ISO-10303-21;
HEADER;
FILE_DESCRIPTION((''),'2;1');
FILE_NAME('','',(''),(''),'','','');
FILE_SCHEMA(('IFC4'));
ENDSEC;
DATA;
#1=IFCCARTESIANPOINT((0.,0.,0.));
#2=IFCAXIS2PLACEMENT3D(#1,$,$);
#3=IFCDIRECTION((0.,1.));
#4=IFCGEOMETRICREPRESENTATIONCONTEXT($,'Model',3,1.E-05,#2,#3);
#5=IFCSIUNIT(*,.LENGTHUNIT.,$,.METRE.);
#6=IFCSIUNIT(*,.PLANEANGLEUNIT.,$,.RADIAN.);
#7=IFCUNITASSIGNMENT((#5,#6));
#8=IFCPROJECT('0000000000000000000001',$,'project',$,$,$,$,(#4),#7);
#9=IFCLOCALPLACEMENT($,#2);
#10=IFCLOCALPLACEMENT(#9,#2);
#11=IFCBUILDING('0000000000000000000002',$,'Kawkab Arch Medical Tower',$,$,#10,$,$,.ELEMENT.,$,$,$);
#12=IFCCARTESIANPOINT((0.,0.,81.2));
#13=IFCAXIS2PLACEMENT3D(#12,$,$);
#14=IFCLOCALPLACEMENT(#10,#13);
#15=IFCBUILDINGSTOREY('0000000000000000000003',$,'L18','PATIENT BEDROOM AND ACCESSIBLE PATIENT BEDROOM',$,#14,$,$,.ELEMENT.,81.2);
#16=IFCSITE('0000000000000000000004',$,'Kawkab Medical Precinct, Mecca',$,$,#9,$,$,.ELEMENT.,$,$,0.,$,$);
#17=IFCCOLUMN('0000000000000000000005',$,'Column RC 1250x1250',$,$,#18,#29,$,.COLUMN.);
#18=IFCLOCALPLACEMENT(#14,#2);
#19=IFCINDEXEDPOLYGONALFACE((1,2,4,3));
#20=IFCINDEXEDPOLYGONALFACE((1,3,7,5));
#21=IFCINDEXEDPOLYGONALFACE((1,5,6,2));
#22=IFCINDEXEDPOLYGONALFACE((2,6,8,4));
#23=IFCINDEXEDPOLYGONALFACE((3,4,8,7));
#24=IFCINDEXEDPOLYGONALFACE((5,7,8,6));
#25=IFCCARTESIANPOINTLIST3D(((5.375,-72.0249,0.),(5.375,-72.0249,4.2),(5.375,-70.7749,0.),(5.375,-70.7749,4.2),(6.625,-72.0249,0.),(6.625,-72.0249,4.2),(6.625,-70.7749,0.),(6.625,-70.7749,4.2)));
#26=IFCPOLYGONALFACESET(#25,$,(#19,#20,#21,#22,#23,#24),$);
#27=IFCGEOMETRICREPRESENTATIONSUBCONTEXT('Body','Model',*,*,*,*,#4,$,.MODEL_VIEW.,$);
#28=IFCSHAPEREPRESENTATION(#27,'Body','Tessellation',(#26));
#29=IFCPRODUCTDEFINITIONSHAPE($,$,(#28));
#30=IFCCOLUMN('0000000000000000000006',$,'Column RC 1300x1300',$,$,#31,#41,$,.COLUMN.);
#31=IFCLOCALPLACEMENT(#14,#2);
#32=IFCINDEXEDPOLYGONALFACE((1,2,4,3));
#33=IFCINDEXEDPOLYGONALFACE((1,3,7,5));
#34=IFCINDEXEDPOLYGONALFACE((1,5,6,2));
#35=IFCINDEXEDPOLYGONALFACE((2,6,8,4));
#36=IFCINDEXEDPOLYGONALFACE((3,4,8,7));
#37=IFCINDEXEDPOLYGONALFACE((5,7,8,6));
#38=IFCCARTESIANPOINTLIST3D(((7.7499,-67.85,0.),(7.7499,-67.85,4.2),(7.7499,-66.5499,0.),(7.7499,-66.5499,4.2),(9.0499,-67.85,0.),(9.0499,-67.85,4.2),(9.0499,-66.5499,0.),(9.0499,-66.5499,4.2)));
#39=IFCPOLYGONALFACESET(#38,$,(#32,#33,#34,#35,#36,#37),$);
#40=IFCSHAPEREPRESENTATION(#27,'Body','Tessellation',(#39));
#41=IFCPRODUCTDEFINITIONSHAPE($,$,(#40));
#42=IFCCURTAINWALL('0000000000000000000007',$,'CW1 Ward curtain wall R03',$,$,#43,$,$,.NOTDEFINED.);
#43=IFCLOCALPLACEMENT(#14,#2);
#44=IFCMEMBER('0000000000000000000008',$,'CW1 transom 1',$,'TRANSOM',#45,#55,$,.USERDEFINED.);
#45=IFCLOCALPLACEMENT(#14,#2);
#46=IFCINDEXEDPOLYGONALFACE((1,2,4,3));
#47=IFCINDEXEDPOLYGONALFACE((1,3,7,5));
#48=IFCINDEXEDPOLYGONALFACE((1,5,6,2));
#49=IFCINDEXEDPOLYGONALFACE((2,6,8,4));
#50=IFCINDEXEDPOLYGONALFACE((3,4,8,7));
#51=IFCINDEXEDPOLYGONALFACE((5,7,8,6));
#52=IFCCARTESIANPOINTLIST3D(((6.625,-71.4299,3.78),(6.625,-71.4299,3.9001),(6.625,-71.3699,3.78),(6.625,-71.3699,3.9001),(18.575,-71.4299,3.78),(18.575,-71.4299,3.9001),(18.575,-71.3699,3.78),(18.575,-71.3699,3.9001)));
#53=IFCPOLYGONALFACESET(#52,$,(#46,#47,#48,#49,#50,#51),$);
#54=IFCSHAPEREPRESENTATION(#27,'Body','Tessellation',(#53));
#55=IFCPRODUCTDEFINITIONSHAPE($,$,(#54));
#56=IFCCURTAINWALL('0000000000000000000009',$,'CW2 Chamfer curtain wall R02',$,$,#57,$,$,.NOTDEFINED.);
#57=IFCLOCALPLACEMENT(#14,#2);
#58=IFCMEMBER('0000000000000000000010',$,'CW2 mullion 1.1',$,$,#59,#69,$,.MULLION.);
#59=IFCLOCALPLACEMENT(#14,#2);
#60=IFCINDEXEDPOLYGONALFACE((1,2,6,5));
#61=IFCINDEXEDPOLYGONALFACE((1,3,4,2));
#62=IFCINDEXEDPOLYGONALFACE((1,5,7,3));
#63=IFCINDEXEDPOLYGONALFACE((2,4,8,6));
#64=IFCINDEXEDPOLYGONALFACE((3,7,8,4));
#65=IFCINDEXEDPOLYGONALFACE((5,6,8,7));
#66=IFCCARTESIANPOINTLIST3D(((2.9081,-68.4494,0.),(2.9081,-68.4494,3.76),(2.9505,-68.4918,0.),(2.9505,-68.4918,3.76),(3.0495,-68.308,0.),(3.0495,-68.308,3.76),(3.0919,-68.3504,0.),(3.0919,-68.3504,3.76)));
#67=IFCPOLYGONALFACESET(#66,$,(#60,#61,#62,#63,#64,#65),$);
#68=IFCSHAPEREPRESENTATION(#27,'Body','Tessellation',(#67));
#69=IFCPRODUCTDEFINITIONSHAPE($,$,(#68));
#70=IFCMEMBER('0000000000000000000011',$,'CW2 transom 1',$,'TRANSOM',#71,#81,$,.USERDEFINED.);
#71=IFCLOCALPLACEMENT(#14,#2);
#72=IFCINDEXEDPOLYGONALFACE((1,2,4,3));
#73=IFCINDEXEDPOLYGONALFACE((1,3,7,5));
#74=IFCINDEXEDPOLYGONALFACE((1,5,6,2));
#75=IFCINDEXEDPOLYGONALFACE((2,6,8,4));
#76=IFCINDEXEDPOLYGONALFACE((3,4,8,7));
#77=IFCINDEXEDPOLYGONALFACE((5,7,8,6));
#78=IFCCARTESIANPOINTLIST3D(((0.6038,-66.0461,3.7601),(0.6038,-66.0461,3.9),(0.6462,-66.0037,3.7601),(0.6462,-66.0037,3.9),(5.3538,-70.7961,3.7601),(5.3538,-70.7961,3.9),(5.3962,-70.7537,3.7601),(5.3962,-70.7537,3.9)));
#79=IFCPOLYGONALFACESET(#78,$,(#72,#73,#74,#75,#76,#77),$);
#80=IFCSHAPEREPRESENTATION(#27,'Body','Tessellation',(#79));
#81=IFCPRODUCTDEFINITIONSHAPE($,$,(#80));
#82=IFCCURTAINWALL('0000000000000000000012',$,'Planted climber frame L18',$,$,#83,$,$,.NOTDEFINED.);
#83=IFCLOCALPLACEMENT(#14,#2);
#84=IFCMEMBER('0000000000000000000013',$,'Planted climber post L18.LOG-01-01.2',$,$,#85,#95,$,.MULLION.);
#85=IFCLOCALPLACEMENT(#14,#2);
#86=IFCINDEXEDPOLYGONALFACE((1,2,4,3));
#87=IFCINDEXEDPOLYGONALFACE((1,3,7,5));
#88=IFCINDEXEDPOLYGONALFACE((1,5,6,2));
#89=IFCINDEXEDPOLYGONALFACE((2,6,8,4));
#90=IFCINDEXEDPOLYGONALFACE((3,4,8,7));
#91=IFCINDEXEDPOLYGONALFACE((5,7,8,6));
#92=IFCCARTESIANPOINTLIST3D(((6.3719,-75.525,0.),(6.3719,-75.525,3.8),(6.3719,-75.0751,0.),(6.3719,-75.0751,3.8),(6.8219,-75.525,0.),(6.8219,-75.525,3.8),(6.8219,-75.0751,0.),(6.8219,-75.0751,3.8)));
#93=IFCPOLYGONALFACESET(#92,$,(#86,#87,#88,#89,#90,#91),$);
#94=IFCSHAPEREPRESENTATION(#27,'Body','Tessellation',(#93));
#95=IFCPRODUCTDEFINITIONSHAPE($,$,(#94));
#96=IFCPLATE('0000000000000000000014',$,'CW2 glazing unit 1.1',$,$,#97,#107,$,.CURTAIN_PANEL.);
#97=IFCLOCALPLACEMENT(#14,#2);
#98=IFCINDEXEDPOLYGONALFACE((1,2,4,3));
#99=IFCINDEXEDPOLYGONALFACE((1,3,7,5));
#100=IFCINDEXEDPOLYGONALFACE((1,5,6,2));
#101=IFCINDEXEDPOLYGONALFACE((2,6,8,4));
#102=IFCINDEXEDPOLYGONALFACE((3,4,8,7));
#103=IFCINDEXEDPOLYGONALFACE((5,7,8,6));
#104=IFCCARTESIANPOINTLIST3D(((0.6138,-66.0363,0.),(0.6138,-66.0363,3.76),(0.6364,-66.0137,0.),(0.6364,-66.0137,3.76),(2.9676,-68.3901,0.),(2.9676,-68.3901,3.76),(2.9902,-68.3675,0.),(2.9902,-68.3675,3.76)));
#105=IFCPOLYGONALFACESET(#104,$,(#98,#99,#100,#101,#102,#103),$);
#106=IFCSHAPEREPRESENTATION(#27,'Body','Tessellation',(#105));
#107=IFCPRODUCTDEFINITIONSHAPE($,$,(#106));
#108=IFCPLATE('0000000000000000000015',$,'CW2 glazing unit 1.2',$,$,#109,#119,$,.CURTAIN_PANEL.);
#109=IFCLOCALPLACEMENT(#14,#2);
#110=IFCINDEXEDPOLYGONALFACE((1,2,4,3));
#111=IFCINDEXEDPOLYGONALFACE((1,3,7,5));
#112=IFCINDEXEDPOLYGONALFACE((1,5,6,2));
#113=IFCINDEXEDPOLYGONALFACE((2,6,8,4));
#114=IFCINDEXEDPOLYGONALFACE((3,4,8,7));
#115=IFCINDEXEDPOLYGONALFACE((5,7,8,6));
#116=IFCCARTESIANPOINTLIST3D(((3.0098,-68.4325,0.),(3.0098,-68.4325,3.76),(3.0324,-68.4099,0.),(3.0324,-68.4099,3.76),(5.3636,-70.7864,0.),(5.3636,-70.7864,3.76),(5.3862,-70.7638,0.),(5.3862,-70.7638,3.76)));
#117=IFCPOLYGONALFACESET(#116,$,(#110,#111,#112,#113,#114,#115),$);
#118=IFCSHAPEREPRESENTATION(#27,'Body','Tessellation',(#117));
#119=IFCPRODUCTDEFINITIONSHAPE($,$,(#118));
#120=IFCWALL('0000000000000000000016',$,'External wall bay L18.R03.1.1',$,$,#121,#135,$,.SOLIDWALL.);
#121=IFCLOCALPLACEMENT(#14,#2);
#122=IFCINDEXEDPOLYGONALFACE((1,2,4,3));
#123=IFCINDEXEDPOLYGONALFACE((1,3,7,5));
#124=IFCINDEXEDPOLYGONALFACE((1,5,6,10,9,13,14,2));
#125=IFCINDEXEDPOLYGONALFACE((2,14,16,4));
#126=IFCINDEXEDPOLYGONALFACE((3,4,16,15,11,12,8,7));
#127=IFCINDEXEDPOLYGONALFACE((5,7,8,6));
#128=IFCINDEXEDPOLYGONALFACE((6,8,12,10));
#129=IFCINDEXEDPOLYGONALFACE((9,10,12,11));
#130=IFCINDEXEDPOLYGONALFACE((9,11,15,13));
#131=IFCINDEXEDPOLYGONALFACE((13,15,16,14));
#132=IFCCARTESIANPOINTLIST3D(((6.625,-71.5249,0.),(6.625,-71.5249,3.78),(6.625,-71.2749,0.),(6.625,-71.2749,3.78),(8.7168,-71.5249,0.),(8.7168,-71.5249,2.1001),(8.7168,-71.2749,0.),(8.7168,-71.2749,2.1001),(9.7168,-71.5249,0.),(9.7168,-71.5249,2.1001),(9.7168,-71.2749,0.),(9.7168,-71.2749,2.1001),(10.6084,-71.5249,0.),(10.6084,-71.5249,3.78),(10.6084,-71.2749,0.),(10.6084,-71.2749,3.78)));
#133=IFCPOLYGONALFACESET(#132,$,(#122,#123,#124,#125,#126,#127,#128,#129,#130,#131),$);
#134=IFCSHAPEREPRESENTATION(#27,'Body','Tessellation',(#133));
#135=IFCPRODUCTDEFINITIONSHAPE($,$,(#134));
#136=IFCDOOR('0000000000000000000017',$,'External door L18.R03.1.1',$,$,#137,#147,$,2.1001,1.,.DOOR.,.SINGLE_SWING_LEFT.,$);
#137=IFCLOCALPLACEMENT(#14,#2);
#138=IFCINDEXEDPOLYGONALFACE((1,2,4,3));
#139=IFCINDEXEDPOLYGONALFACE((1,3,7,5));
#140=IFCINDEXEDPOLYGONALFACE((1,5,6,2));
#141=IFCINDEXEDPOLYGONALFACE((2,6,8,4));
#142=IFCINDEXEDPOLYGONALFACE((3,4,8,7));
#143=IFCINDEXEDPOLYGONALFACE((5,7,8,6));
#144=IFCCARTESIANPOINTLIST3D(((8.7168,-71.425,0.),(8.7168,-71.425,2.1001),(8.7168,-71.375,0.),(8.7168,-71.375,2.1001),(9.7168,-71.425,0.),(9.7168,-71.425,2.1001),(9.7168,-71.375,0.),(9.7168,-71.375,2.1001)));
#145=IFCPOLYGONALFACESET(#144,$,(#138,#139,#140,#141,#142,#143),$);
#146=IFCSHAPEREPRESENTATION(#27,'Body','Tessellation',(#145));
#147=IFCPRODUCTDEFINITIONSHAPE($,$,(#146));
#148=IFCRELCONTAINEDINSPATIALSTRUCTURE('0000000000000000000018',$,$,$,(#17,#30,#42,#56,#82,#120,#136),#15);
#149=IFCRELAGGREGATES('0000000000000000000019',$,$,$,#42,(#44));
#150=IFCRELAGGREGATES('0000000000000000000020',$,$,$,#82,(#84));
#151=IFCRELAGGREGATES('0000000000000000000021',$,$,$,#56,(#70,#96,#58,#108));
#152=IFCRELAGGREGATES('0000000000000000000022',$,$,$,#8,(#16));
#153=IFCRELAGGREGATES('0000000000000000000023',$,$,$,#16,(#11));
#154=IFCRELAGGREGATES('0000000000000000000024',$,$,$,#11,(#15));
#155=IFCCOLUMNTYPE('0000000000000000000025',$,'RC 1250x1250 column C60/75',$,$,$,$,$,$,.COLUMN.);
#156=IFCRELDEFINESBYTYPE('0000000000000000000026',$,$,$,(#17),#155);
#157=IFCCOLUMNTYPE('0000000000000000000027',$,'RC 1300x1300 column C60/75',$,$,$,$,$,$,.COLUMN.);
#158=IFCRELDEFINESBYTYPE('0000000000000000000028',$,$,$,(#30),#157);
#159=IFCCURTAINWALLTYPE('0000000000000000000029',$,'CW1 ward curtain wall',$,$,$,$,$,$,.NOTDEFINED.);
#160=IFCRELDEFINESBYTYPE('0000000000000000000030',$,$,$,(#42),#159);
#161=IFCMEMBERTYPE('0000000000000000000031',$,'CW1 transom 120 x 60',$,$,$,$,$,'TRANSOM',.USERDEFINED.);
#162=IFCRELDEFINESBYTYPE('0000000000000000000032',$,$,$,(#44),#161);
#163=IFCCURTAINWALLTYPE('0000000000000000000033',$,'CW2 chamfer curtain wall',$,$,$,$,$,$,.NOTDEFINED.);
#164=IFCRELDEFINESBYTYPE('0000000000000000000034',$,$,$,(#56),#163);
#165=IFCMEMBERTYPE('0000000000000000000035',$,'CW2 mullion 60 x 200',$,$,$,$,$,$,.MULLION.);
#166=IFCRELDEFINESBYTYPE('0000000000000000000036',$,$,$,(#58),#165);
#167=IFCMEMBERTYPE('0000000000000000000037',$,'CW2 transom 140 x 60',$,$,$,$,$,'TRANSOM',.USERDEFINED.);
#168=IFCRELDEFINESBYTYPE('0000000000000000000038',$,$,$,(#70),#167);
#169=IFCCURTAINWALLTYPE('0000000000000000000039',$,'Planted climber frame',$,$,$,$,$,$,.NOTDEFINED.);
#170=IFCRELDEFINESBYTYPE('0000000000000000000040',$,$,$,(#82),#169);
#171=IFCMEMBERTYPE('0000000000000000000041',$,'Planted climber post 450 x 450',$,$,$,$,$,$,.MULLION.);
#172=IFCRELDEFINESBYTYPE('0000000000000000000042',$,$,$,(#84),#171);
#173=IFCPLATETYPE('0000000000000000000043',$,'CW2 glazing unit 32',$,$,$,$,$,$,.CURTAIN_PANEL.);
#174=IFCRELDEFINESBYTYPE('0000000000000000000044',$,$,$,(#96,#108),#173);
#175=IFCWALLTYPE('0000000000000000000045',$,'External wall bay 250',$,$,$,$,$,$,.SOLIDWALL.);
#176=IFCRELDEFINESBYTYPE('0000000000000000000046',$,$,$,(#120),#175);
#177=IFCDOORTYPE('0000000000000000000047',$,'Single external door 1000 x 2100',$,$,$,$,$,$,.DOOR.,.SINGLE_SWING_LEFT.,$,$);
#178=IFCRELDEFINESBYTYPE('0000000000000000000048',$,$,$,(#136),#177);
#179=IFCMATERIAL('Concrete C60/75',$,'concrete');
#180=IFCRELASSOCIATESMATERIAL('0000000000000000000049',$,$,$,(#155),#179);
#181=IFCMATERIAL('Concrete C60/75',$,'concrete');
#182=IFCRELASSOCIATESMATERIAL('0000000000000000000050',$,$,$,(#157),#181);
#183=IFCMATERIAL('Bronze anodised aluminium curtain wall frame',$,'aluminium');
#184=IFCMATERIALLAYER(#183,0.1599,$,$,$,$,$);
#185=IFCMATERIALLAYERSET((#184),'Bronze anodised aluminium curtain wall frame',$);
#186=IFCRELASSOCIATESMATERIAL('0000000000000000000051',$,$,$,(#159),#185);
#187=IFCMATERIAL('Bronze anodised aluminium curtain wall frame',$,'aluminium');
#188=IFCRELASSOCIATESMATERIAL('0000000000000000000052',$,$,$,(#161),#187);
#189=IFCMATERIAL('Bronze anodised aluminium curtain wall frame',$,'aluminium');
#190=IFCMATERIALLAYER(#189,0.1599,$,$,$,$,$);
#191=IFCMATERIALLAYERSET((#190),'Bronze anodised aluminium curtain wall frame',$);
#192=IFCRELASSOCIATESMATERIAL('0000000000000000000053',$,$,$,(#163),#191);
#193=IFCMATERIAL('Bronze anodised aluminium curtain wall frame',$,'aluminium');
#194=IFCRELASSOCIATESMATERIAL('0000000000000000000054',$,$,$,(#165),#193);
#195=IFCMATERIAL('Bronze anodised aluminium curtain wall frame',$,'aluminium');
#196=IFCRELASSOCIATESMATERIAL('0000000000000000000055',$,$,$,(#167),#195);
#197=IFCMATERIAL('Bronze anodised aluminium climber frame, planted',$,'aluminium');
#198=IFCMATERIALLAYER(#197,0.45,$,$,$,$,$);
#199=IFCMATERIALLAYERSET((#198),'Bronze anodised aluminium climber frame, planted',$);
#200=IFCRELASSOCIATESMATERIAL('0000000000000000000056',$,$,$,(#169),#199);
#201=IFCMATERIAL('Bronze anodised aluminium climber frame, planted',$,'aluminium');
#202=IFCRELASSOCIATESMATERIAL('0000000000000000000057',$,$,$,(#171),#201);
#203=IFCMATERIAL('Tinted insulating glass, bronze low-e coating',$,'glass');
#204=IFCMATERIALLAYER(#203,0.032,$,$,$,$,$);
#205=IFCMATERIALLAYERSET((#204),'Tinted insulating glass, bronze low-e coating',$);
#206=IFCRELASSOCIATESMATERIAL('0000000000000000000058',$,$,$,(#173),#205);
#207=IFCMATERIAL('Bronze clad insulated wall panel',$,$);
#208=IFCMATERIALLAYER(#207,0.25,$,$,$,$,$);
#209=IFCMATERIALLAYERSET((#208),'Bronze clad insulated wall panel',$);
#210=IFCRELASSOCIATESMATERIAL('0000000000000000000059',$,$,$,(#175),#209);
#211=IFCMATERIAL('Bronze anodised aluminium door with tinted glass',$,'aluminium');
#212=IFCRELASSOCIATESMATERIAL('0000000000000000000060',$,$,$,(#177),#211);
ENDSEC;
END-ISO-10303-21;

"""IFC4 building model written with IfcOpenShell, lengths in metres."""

from ifc_helpers import new_model, si_unit, direction, frame, frame_2d, origin, origin_2d, place, context, subcontext, project, spatial, rectangle, extrude, material, layer, layer_set, material_profile, profile_set, type_object, element, fill, aggregate, save


model = new_model("IFC4")

# Units and contexts
model_context = context("Model", 3, precision=1e-05, world=origin(), true_north=direction((0.0, 1.0)))
body_context = subcontext(model_context, "Body", "Model", "MODEL_VIEW")
ifc_project = project(units=[si_unit("LENGTHUNIT", "METRE"), si_unit("PLANEANGLEUNIT", "RADIAN")], contexts=[model_context])

# Site, building, storey
site_placement = place(None, origin())
site = spatial("IfcSite", under=ifc_project, at=site_placement, Name="Kawkab Medical Precinct, Mecca", CompositionType="ELEMENT", RefElevation=0.0)
building_placement = place(site_placement, origin())
building = spatial("IfcBuilding", under=site, at=building_placement, Name="Kawkab Arch Medical Tower", CompositionType="ELEMENT")
storey_placement = place(building_placement, frame((0.0, 0.0, 81.2)))
storey = spatial("IfcBuildingStorey", under=building, at=storey_placement, Name="L18", Description="PATIENT BEDROOM AND ACCESSIBLE PATIENT BEDROOM", CompositionType="ELEMENT", Elevation=81.2)

# Columns
ifc_material_1 = material(Name="Concrete C60/75", Category="concrete")
ifc_material_profile_1 = material_profile(ifc_material_1, rectangle(XDim=1.25, YDim=1.25, at=origin_2d()), Name="RC 1250x1250")
ifc_profile_set_1 = profile_set([ifc_material_profile_1], Name="Concrete C60/75")
column_type_1 = type_object("IfcColumnType", Name="RC 1250x1250 column C60/75", PredefinedType="COLUMN", material=ifc_profile_set_1)
column_1_placement = place(storey_placement, frame((6.0, -71.3999, 0.0), z_axis=(0.0, 0.0, 1.0), x_axis=(1.0, 0.0, 0.0)))
element("IfcColumn", 1, at=column_1_placement, inside=storey, type_object=column_type_1, Name="Column RC 1250x1250", PredefinedType="COLUMN", context=body_context, shape_type="SweptSolid", body=[
    extrude(rectangle(XDim=1.25, YDim=1.25, at=origin_2d()), origin(), (0.0, 0.0, 1.0), 4.2),
])
ifc_material_2 = material(Name="Concrete C60/75", Category="concrete")
ifc_material_profile_2 = material_profile(ifc_material_2, rectangle(XDim=1.3, YDim=1.3, at=origin_2d()), Name="RC 1300x1300")
ifc_profile_set_2 = profile_set([ifc_material_profile_2], Name="Concrete C60/75")
column_type_2 = type_object("IfcColumnType", Name="RC 1300x1300 column C60/75", PredefinedType="COLUMN", material=ifc_profile_set_2)
column_2_placement = place(storey_placement, frame((8.3999, -67.2, 0.0), z_axis=(0.0, 0.0, 1.0), x_axis=(1.0, 0.0, 0.0)))
element("IfcColumn", 2, at=column_2_placement, inside=storey, type_object=column_type_2, Name="Column RC 1300x1300", PredefinedType="COLUMN", context=body_context, shape_type="SweptSolid", body=[
    extrude(rectangle(XDim=1.3, YDim=1.3, at=origin_2d()), origin(), (0.0, 0.0, 1.0), 4.2),
])

# Curtain wall, member
ifc_material_3 = material(Name="Bronze anodised aluminium curtain wall frame", Category="aluminium")
ifc_layer_1 = layer(ifc_material_3, 0.1599)
ifc_layer_set_1 = layer_set([ifc_layer_1], Name="Bronze anodised aluminium curtain wall frame")
curtain_wall_type_1 = type_object("IfcCurtainWallType", Name="CW1 ward curtain wall", PredefinedType="NOTDEFINED", material=ifc_layer_set_1)
placement = place(storey_placement, origin())
curtain_wall_1 = element("IfcCurtainWall", 3, at=placement, inside=storey, type_object=curtain_wall_type_1, Name="CW1 Ward curtain wall R03", PredefinedType="NOTDEFINED")
ifc_material_4 = material(Name="Bronze anodised aluminium curtain wall frame", Category="aluminium")
ifc_material_profile_3 = material_profile(ifc_material_4, rectangle(XDim=0.0601, YDim=0.1201, at=origin_2d()), Name="AL 60x120")
ifc_profile_set_3 = profile_set([ifc_material_profile_3], Name="Bronze anodised aluminium curtain wall frame")
member_type_1 = type_object("IfcMemberType", Name="CW1 transom 120 x 60", ElementType="TRANSOM", PredefinedType="USERDEFINED", material=ifc_profile_set_3)
member_1_placement = place(storey_placement, frame((6.625, -71.3999, 3.8401), z_axis=(1.0, 0.0, 0.0), x_axis=(0.0, 1.0, 0.0)))
member_1 = element("IfcMember", 4, at=member_1_placement, type_object=member_type_1, Name="CW1 transom 1", ObjectType="TRANSOM", PredefinedType="USERDEFINED", context=body_context, shape_type="SweptSolid", body=[
    extrude(rectangle(XDim=0.0601, YDim=0.1201, at=origin_2d()), origin(), (0.0, 0.0, 1.0), 11.95),
])
aggregate(curtain_wall_1, [member_1])

# Curtain wall, members
ifc_material_5 = material(Name="Bronze anodised aluminium curtain wall frame", Category="aluminium")
ifc_layer_2 = layer(ifc_material_5, 0.1599)
ifc_layer_set_2 = layer_set([ifc_layer_2], Name="Bronze anodised aluminium curtain wall frame")
curtain_wall_type_2 = type_object("IfcCurtainWallType", Name="CW2 chamfer curtain wall", PredefinedType="NOTDEFINED", material=ifc_layer_set_2)
curtain_wall_2 = element("IfcCurtainWall", 5, at=placement, inside=storey, type_object=curtain_wall_type_2, Name="CW2 Chamfer curtain wall R02", PredefinedType="NOTDEFINED")
ifc_material_6 = material(Name="Bronze anodised aluminium curtain wall frame", Category="aluminium")
ifc_material_profile_4 = material_profile(ifc_material_6, rectangle(XDim=0.2, YDim=0.0601, at=origin_2d()), Name="AL 60x200")
ifc_profile_set_4 = profile_set([ifc_material_profile_4], Name="Bronze anodised aluminium curtain wall frame")
member_type_2 = type_object("IfcMemberType", Name="CW2 mullion 60 x 200", PredefinedType="MULLION", material=ifc_profile_set_4)
member_2_placement = place(storey_placement, frame((3.0, -68.3999, 0.0), z_axis=(0.0, 0.0, 1.0), x_axis=(0.707107, 0.707107, 0.0)))
member_2 = element("IfcMember", 6, at=member_2_placement, type_object=member_type_2, Name="CW2 mullion 1.1", PredefinedType="MULLION", context=body_context, shape_type="SweptSolid", body=[
    extrude(rectangle(XDim=0.2, YDim=0.0601, at=origin_2d()), origin(), (0.0, 0.0, 1.0), 3.76),
])
ifc_material_7 = material(Name="Bronze anodised aluminium curtain wall frame", Category="aluminium")
ifc_material_profile_5 = material_profile(ifc_material_7, rectangle(XDim=0.0601, YDim=0.1399, at=origin_2d()), Name="AL 60x140")
ifc_profile_set_5 = profile_set([ifc_material_profile_5], Name="Bronze anodised aluminium curtain wall frame")
member_type_3 = type_object("IfcMemberType", Name="CW2 transom 140 x 60", ElementType="TRANSOM", PredefinedType="USERDEFINED", material=ifc_profile_set_5)
member_3_placement = place(storey_placement, frame((0.625, -66.0249, 3.8301), z_axis=(0.707107, -0.707107, 0.0), x_axis=(0.707107, 0.707107, 0.0)))
member_3 = element("IfcMember", 7, at=member_3_placement, type_object=member_type_3, Name="CW2 transom 1", ObjectType="TRANSOM", PredefinedType="USERDEFINED", context=body_context, shape_type="SweptSolid", body=[
    extrude(rectangle(XDim=0.0601, YDim=0.1399, at=origin_2d()), origin(), (0.0, 0.0, 1.0), 6.7175),
])

# Curtain wall, member
ifc_material_8 = material(Name="Bronze anodised aluminium climber frame, planted", Category="aluminium")
ifc_layer_3 = layer(ifc_material_8, 0.45)
ifc_layer_set_3 = layer_set([ifc_layer_3], Name="Bronze anodised aluminium climber frame, planted")
curtain_wall_type_3 = type_object("IfcCurtainWallType", Name="Planted climber frame", PredefinedType="NOTDEFINED", material=ifc_layer_set_3)
curtain_wall_3 = element("IfcCurtainWall", 8, at=placement, inside=storey, type_object=curtain_wall_type_3, Name="Planted climber frame L18", PredefinedType="NOTDEFINED")
ifc_material_9 = material(Name="Bronze anodised aluminium climber frame, planted", Category="aluminium")
ifc_material_profile_6 = material_profile(ifc_material_9, rectangle(XDim=0.45, YDim=0.45, at=origin_2d()), Name="Post 450x450")
ifc_profile_set_6 = profile_set([ifc_material_profile_6], Name="Bronze anodised aluminium climber frame, planted")
member_type_4 = type_object("IfcMemberType", Name="Planted climber post 450 x 450", PredefinedType="MULLION", material=ifc_profile_set_6)
member_4_placement = place(storey_placement, frame((6.5969, -75.3, 0.0), z_axis=(0.0, 0.0, 1.0), x_axis=(1.0, 0.0, 0.0)))
member_4 = element("IfcMember", 9, at=member_4_placement, type_object=member_type_4, Name="Planted climber post L18.LOG-01-01.2", PredefinedType="MULLION", context=body_context, shape_type="SweptSolid", body=[
    extrude(rectangle(XDim=0.45, YDim=0.45, at=origin_2d()), origin(), (0.0, 0.0, 1.0), 3.8),
])
aggregate(curtain_wall_3, [member_4])

# Plates
ifc_material_10 = material(Name="Tinted insulating glass, bronze low-e coating", Category="glass")
ifc_layer_4 = layer(ifc_material_10, 0.032)
ifc_layer_set_4 = layer_set([ifc_layer_4], Name="Tinted insulating glass, bronze low-e coating")
plate_type = type_object("IfcPlateType", Name="CW2 glazing unit 32", PredefinedType="CURTAIN_PANEL", material=ifc_layer_set_4)
plate_1_placement = place(storey_placement, frame((1.802, -67.2019, 0.0), z_axis=(0.0, 0.0, 1.0), x_axis=(0.707107, -0.707107, 0.0)))
plate_1 = element("IfcPlate", 10, at=plate_1_placement, type_object=plate_type, Name="CW2 glazing unit 1.1", PredefinedType="CURTAIN_PANEL", context=body_context, shape_type="SweptSolid", body=[
    extrude(rectangle(XDim=3.3289, YDim=0.032, at=origin_2d()), origin(), (0.0, 0.0, 1.0), 3.76),
])
plate_2_placement = place(storey_placement, frame((4.198, -69.5981, 0.0), z_axis=(0.0, 0.0, 1.0), x_axis=(0.707107, -0.707107, 0.0)))
plate_2 = element("IfcPlate", 11, at=plate_2_placement, type_object=plate_type, Name="CW2 glazing unit 1.2", PredefinedType="CURTAIN_PANEL", context=body_context, shape_type="SweptSolid", body=[
    extrude(rectangle(XDim=3.3289, YDim=0.032, at=origin_2d()), origin(), (0.0, 0.0, 1.0), 3.76),
])
aggregate(curtain_wall_2, [member_3, plate_1, member_2, plate_2])

# Wall, opening, door
ifc_material_11 = material(Name="Bronze clad insulated wall panel")
ifc_layer_5 = layer(ifc_material_11, 0.25)
ifc_layer_set_5 = layer_set([ifc_layer_5], Name="Bronze clad insulated wall panel")
wall_type_1 = type_object("IfcWallType", Name="External wall bay 250", PredefinedType="SOLIDWALL", material=ifc_layer_set_5)
wall_1_placement = place(storey_placement, frame((6.625, -71.3999, 0.0), z_axis=(0.0, 0.0, 1.0), x_axis=(1.0, 0.0, 0.0)))
wall_1 = element("IfcWall", 12, at=wall_1_placement, inside=storey, type_object=wall_type_1, Name="External wall bay L18.R03.1.1", PredefinedType="SOLIDWALL", context=body_context, shape_type="SweptSolid", body=[
    extrude(rectangle(XDim=3.9834, YDim=0.25, at=frame_2d((1.9917, 0.0))), origin(), (0.0, 0.0, 1.0), 3.78),
])
opening_1_placement = place(wall_1_placement, frame((2.0918, 0.0, 0.0)))
opening_1 = element("IfcOpeningElement", 13, at=opening_1_placement, cuts=wall_1, PredefinedType="OPENING", context=body_context, shape_type="SweptSolid", body=[
    extrude(rectangle(XDim=1.0, YDim=2.1001, at=frame_2d((0.5, 1.05))), frame((0.0, 0.135, 0.0), z_axis=(0.0, -1.0, 0.0), x_axis=(1.0, 0.0, 0.0)), (0.0, 0.0, 1.0), 0.27),
])
ifc_material_12 = material(Name="Bronze anodised aluminium door with tinted glass", Category="aluminium")
door_type_1 = type_object("IfcDoorType", Name="Single external door 1000 x 2100", OperationType="SINGLE_SWING_LEFT", PredefinedType="DOOR", material=ifc_material_12)
door_1_placement = place(opening_1_placement, origin())
door_1 = element("IfcDoor", 14, at=door_1_placement, inside=storey, type_object=door_type_1, Name="External door L18.R03.1.1", OperationType="SINGLE_SWING_LEFT", OverallHeight=2.1001, OverallWidth=1.0, PredefinedType="DOOR", context=body_context, shape_type="SweptSolid", body=[
    extrude(rectangle(XDim=1.0, YDim=2.1001, at=frame_2d((0.5, 1.05))), frame((0.0, 0.0249, 0.0), z_axis=(0.0, -1.0, 0.0), x_axis=(1.0, 0.0, 0.0)), (0.0, 0.0, 1.0), 0.05),
])
fill(opening_1, door_1)

save(model, "model.ifc")
